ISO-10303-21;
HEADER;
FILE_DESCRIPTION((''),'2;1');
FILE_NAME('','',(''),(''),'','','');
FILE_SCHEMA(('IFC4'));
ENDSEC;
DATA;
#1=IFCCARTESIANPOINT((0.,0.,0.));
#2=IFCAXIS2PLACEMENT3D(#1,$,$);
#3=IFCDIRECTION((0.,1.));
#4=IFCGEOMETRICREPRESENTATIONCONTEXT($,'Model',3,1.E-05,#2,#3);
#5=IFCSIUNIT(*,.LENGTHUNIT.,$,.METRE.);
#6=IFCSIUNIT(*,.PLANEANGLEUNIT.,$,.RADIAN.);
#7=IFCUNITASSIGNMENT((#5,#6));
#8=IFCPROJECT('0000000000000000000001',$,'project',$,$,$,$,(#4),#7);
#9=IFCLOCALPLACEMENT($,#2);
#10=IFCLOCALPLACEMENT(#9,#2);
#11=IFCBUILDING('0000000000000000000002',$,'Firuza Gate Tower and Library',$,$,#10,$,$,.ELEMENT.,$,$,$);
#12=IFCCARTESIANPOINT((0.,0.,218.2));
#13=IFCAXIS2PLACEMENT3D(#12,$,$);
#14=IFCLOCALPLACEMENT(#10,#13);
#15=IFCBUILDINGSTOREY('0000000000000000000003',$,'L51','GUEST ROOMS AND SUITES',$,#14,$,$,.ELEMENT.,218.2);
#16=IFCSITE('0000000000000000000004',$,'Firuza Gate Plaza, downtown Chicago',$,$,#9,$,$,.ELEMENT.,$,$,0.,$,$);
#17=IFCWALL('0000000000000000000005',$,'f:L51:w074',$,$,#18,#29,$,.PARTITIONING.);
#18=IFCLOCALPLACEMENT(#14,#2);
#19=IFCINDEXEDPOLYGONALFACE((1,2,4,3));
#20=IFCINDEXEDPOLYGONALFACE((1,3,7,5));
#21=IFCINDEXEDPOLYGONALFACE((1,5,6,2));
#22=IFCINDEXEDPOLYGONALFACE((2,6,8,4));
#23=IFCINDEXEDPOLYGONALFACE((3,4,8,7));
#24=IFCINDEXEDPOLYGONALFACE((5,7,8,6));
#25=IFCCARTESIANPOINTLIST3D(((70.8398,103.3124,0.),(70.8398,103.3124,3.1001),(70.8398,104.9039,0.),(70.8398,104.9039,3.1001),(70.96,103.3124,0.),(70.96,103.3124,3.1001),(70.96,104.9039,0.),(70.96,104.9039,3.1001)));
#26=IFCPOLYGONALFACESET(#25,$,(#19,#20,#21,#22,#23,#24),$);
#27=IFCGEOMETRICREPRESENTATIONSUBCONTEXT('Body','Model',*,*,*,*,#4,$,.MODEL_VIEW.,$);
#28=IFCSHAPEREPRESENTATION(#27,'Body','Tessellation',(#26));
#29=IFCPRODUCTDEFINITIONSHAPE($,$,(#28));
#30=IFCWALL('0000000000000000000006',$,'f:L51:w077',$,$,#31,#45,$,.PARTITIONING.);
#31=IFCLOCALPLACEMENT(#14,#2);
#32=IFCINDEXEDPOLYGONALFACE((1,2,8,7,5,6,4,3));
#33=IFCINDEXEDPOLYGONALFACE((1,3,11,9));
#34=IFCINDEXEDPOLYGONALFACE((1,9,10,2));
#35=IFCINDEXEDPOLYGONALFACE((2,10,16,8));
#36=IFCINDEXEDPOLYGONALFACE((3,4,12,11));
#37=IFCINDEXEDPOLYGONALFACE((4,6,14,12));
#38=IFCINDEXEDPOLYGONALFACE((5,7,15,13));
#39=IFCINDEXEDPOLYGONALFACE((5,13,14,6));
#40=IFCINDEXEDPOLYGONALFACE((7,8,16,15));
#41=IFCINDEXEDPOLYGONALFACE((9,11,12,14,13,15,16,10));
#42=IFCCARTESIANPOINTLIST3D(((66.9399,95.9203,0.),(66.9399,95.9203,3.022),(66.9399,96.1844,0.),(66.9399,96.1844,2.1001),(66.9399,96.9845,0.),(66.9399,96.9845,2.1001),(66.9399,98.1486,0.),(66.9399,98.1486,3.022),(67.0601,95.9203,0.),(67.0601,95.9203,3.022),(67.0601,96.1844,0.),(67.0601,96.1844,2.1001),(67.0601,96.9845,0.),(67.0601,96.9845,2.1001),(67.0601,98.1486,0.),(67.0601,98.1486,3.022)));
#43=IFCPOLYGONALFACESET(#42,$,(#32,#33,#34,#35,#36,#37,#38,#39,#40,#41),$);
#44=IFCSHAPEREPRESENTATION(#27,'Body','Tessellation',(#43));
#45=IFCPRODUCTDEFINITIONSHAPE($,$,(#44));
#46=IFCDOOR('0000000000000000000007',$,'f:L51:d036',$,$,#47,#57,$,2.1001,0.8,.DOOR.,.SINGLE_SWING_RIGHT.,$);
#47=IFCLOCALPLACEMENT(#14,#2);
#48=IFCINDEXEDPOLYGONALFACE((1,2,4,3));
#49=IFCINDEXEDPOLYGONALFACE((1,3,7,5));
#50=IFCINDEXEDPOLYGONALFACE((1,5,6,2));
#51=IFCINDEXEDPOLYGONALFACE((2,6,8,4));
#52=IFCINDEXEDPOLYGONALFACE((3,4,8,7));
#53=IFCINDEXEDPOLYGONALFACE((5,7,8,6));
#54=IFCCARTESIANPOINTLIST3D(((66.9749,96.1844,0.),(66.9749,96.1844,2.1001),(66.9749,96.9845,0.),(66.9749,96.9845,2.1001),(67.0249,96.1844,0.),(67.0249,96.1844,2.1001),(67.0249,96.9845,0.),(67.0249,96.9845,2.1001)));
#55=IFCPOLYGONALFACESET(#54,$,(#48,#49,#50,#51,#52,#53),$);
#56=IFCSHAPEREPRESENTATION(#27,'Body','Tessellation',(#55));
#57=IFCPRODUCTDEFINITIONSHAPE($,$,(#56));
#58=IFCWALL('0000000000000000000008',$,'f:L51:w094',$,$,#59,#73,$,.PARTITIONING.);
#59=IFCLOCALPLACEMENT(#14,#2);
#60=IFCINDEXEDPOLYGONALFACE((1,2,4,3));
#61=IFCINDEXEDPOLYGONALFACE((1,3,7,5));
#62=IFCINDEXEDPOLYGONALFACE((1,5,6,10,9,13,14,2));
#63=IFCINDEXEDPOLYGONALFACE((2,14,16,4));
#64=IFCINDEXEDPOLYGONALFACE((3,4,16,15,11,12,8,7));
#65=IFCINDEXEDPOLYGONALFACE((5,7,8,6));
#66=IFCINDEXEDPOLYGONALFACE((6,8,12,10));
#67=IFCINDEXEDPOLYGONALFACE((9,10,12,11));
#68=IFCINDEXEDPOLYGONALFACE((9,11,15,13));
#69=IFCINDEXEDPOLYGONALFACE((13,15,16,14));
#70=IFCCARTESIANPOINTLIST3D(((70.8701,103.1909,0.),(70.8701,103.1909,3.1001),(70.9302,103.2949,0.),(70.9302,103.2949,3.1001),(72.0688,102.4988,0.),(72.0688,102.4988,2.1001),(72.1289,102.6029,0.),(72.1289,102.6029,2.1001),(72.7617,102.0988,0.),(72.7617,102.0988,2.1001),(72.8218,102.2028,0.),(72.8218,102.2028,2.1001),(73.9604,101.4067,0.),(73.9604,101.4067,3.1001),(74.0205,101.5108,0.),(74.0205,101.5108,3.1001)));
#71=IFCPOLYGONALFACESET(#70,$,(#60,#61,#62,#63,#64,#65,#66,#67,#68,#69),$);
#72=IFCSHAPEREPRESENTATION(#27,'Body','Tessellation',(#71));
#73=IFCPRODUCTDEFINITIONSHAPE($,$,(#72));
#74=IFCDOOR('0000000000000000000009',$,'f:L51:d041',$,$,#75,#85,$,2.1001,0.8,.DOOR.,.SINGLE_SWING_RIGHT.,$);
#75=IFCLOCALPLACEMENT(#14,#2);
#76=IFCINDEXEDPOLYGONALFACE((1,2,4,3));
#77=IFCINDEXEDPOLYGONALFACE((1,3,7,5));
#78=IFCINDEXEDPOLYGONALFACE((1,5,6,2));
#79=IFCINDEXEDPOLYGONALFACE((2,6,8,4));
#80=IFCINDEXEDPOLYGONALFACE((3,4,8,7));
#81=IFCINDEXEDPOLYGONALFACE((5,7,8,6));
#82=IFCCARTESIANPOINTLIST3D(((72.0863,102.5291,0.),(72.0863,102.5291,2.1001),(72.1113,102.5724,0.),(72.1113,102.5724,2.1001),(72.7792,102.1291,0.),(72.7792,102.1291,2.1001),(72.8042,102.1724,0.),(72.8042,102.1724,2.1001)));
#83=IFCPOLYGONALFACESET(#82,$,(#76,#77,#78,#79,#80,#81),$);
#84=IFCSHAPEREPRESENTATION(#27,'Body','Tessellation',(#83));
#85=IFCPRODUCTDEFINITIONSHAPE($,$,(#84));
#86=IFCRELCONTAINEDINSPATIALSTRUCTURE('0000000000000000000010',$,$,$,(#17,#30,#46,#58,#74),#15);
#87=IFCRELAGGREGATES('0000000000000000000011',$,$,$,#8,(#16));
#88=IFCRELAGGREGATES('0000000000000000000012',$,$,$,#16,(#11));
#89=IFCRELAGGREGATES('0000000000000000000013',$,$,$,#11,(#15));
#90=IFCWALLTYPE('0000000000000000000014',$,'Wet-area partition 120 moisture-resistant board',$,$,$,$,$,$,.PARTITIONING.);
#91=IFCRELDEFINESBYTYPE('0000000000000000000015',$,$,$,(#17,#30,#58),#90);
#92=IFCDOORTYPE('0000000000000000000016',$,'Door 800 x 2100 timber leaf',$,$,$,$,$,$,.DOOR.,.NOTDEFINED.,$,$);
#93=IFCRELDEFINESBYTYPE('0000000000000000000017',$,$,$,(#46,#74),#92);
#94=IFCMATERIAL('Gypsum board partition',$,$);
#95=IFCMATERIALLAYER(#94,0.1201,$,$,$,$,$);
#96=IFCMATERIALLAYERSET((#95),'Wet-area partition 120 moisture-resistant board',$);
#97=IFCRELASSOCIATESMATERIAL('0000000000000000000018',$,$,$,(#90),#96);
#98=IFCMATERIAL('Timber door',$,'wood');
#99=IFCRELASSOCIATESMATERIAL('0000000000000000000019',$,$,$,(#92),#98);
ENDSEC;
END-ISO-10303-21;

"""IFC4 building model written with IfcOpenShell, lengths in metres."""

from ifc_helpers import new_model, si_unit, direction, frame, frame_2d, origin, place, context, subcontext, project, spatial, rectangle, extrude, material, layer, layer_set, type_object, element, fill, save


model = new_model("IFC4")

# Units and contexts
model_context = context("Model", 3, precision=1e-05, world=origin(), true_north=direction((0.0, 1.0)))
body_context = subcontext(model_context, "Body", "Model", "MODEL_VIEW")
ifc_project = project(units=[si_unit("LENGTHUNIT", "METRE"), si_unit("PLANEANGLEUNIT", "RADIAN")], contexts=[model_context])

# Site, building, storey
site_placement = place(None, origin())
site = spatial("IfcSite", under=ifc_project, at=site_placement, Name="Firuza Gate Plaza, downtown Chicago", CompositionType="ELEMENT", RefElevation=0.0)
building_placement = place(site_placement, origin())
building = spatial("IfcBuilding", under=site, at=building_placement, Name="Firuza Gate Tower and Library", CompositionType="ELEMENT")
storey_placement = place(building_placement, frame((0.0, 0.0, 218.2)))
storey = spatial("IfcBuildingStorey", under=building, at=storey_placement, Name="L51", Description="GUEST ROOMS AND SUITES", CompositionType="ELEMENT", Elevation=218.2)

# Wall
ifc_material_1 = material(Name="Gypsum board partition")
ifc_layer_1 = layer(ifc_material_1, 0.1201)
ifc_layer_set_1 = layer_set([ifc_layer_1], Name="Wet-area partition 120 moisture-resistant board")
wall_type_1 = type_object("IfcWallType", Name="Wet-area partition 120 moisture-resistant board", PredefinedType="PARTITIONING", material=ifc_layer_set_1)
wall_1_placement = place(storey_placement, frame((70.8999, 103.3123, 0.0), z_axis=(0.0, 0.0, 1.0), x_axis=(0.0, 1.0, 0.0)))
element("IfcWall", 1, at=wall_1_placement, inside=storey, type_object=wall_type_1, Name="f:L51:w074", PredefinedType="PARTITIONING", context=body_context, shape_type="SweptSolid", body=[
    extrude(rectangle(XDim=1.5916, YDim=0.1201, at=frame_2d((0.7959, 0.0))), origin(), (0.0, 0.0, 1.0), 3.1001),
])

# Walls, openings, doors
wall_2_placement = place(storey_placement, frame((67.0, 98.1487, 0.0), z_axis=(0.0, 0.0, 1.0), x_axis=(0.0, -1.0, 0.0)))
wall_2 = element("IfcWall", 2, at=wall_2_placement, inside=storey, type_object=wall_type_1, Name="f:L51:w077", PredefinedType="PARTITIONING", context=body_context, shape_type="SweptSolid", body=[
    extrude(rectangle(XDim=2.2283, YDim=0.1201, at=frame_2d((1.1143, 0.0))), origin(), (0.0, 0.0, 1.0), 3.022),
])
opening_1_placement = place(wall_2_placement, frame((1.1643, 0.0, 0.0)))
opening_1 = element("IfcOpeningElement", 3, at=opening_1_placement, cuts=wall_2, PredefinedType="OPENING", context=body_context, shape_type="SweptSolid", body=[
    extrude(rectangle(XDim=0.8, YDim=2.1001, at=frame_2d((0.3999, 1.05))), frame((0.0, 0.0701, 0.0), z_axis=(0.0, -1.0, 0.0), x_axis=(1.0, 0.0, 0.0)), (0.0, 0.0, 1.0), 0.1401),
])
ifc_material_2 = material(Name="Timber door", Category="wood")
door_type_1 = type_object("IfcDoorType", Name="Door 800 x 2100 timber leaf", OperationType="NOTDEFINED", PredefinedType="DOOR", material=ifc_material_2)
door_1_placement = place(opening_1_placement, origin())
door_1 = element("IfcDoor", 4, at=door_1_placement, inside=storey, type_object=door_type_1, Name="f:L51:d036", OperationType="SINGLE_SWING_RIGHT", OverallHeight=2.1001, OverallWidth=0.8, PredefinedType="DOOR", context=body_context, shape_type="SweptSolid", body=[
    extrude(rectangle(XDim=0.8, YDim=2.1001, at=frame_2d((0.3999, 1.05))), frame((0.0, 0.0249, 0.0), z_axis=(0.0, -1.0, 0.0), x_axis=(1.0, 0.0, 0.0)), (0.0, 0.0, 1.0), 0.05),
])
fill(opening_1, door_1)
wall_3_placement = place(storey_placement, frame((70.9001, 103.2429, 0.0), z_axis=(0.0, 0.0, 1.0), x_axis=(0.866028, -0.499995, 0.0)))
wall_3 = element("IfcWall", 5, at=wall_3_placement, inside=storey, type_object=wall_type_1, Name="f:L51:w094", PredefinedType="PARTITIONING", context=body_context, shape_type="SweptSolid", body=[
    extrude(rectangle(XDim=3.5684, YDim=0.1201, at=frame_2d((1.7842, 0.0))), origin(), (0.0, 0.0, 1.0), 3.1001),
])
opening_2_placement = place(wall_3_placement, frame((1.3843, 0.0, 0.0)))
opening_2 = element("IfcOpeningElement", 6, at=opening_2_placement, cuts=wall_3, PredefinedType="OPENING", context=body_context, shape_type="SweptSolid", body=[
    extrude(rectangle(XDim=0.8, YDim=2.1001, at=frame_2d((0.3999, 1.05))), frame((0.0, 0.0701, 0.0), z_axis=(0.0, -1.0, 0.0), x_axis=(1.0, 0.0, 0.0)), (0.0, 0.0, 1.0), 0.1401),
])
door_2_placement = place(opening_2_placement, origin())
door_2 = element("IfcDoor", 7, at=door_2_placement, inside=storey, type_object=door_type_1, Name="f:L51:d041", OperationType="SINGLE_SWING_RIGHT", OverallHeight=2.1001, OverallWidth=0.8, PredefinedType="DOOR", context=body_context, shape_type="SweptSolid", body=[
    extrude(rectangle(XDim=0.8, YDim=2.1001, at=frame_2d((0.3999, 1.05))), frame((0.0, 0.0249, 0.0), z_axis=(0.0, -1.0, 0.0), x_axis=(1.0, 0.0, 0.0)), (0.0, 0.0, 1.0), 0.05),
])
fill(opening_2, door_2)

save(model, "model.ifc")
